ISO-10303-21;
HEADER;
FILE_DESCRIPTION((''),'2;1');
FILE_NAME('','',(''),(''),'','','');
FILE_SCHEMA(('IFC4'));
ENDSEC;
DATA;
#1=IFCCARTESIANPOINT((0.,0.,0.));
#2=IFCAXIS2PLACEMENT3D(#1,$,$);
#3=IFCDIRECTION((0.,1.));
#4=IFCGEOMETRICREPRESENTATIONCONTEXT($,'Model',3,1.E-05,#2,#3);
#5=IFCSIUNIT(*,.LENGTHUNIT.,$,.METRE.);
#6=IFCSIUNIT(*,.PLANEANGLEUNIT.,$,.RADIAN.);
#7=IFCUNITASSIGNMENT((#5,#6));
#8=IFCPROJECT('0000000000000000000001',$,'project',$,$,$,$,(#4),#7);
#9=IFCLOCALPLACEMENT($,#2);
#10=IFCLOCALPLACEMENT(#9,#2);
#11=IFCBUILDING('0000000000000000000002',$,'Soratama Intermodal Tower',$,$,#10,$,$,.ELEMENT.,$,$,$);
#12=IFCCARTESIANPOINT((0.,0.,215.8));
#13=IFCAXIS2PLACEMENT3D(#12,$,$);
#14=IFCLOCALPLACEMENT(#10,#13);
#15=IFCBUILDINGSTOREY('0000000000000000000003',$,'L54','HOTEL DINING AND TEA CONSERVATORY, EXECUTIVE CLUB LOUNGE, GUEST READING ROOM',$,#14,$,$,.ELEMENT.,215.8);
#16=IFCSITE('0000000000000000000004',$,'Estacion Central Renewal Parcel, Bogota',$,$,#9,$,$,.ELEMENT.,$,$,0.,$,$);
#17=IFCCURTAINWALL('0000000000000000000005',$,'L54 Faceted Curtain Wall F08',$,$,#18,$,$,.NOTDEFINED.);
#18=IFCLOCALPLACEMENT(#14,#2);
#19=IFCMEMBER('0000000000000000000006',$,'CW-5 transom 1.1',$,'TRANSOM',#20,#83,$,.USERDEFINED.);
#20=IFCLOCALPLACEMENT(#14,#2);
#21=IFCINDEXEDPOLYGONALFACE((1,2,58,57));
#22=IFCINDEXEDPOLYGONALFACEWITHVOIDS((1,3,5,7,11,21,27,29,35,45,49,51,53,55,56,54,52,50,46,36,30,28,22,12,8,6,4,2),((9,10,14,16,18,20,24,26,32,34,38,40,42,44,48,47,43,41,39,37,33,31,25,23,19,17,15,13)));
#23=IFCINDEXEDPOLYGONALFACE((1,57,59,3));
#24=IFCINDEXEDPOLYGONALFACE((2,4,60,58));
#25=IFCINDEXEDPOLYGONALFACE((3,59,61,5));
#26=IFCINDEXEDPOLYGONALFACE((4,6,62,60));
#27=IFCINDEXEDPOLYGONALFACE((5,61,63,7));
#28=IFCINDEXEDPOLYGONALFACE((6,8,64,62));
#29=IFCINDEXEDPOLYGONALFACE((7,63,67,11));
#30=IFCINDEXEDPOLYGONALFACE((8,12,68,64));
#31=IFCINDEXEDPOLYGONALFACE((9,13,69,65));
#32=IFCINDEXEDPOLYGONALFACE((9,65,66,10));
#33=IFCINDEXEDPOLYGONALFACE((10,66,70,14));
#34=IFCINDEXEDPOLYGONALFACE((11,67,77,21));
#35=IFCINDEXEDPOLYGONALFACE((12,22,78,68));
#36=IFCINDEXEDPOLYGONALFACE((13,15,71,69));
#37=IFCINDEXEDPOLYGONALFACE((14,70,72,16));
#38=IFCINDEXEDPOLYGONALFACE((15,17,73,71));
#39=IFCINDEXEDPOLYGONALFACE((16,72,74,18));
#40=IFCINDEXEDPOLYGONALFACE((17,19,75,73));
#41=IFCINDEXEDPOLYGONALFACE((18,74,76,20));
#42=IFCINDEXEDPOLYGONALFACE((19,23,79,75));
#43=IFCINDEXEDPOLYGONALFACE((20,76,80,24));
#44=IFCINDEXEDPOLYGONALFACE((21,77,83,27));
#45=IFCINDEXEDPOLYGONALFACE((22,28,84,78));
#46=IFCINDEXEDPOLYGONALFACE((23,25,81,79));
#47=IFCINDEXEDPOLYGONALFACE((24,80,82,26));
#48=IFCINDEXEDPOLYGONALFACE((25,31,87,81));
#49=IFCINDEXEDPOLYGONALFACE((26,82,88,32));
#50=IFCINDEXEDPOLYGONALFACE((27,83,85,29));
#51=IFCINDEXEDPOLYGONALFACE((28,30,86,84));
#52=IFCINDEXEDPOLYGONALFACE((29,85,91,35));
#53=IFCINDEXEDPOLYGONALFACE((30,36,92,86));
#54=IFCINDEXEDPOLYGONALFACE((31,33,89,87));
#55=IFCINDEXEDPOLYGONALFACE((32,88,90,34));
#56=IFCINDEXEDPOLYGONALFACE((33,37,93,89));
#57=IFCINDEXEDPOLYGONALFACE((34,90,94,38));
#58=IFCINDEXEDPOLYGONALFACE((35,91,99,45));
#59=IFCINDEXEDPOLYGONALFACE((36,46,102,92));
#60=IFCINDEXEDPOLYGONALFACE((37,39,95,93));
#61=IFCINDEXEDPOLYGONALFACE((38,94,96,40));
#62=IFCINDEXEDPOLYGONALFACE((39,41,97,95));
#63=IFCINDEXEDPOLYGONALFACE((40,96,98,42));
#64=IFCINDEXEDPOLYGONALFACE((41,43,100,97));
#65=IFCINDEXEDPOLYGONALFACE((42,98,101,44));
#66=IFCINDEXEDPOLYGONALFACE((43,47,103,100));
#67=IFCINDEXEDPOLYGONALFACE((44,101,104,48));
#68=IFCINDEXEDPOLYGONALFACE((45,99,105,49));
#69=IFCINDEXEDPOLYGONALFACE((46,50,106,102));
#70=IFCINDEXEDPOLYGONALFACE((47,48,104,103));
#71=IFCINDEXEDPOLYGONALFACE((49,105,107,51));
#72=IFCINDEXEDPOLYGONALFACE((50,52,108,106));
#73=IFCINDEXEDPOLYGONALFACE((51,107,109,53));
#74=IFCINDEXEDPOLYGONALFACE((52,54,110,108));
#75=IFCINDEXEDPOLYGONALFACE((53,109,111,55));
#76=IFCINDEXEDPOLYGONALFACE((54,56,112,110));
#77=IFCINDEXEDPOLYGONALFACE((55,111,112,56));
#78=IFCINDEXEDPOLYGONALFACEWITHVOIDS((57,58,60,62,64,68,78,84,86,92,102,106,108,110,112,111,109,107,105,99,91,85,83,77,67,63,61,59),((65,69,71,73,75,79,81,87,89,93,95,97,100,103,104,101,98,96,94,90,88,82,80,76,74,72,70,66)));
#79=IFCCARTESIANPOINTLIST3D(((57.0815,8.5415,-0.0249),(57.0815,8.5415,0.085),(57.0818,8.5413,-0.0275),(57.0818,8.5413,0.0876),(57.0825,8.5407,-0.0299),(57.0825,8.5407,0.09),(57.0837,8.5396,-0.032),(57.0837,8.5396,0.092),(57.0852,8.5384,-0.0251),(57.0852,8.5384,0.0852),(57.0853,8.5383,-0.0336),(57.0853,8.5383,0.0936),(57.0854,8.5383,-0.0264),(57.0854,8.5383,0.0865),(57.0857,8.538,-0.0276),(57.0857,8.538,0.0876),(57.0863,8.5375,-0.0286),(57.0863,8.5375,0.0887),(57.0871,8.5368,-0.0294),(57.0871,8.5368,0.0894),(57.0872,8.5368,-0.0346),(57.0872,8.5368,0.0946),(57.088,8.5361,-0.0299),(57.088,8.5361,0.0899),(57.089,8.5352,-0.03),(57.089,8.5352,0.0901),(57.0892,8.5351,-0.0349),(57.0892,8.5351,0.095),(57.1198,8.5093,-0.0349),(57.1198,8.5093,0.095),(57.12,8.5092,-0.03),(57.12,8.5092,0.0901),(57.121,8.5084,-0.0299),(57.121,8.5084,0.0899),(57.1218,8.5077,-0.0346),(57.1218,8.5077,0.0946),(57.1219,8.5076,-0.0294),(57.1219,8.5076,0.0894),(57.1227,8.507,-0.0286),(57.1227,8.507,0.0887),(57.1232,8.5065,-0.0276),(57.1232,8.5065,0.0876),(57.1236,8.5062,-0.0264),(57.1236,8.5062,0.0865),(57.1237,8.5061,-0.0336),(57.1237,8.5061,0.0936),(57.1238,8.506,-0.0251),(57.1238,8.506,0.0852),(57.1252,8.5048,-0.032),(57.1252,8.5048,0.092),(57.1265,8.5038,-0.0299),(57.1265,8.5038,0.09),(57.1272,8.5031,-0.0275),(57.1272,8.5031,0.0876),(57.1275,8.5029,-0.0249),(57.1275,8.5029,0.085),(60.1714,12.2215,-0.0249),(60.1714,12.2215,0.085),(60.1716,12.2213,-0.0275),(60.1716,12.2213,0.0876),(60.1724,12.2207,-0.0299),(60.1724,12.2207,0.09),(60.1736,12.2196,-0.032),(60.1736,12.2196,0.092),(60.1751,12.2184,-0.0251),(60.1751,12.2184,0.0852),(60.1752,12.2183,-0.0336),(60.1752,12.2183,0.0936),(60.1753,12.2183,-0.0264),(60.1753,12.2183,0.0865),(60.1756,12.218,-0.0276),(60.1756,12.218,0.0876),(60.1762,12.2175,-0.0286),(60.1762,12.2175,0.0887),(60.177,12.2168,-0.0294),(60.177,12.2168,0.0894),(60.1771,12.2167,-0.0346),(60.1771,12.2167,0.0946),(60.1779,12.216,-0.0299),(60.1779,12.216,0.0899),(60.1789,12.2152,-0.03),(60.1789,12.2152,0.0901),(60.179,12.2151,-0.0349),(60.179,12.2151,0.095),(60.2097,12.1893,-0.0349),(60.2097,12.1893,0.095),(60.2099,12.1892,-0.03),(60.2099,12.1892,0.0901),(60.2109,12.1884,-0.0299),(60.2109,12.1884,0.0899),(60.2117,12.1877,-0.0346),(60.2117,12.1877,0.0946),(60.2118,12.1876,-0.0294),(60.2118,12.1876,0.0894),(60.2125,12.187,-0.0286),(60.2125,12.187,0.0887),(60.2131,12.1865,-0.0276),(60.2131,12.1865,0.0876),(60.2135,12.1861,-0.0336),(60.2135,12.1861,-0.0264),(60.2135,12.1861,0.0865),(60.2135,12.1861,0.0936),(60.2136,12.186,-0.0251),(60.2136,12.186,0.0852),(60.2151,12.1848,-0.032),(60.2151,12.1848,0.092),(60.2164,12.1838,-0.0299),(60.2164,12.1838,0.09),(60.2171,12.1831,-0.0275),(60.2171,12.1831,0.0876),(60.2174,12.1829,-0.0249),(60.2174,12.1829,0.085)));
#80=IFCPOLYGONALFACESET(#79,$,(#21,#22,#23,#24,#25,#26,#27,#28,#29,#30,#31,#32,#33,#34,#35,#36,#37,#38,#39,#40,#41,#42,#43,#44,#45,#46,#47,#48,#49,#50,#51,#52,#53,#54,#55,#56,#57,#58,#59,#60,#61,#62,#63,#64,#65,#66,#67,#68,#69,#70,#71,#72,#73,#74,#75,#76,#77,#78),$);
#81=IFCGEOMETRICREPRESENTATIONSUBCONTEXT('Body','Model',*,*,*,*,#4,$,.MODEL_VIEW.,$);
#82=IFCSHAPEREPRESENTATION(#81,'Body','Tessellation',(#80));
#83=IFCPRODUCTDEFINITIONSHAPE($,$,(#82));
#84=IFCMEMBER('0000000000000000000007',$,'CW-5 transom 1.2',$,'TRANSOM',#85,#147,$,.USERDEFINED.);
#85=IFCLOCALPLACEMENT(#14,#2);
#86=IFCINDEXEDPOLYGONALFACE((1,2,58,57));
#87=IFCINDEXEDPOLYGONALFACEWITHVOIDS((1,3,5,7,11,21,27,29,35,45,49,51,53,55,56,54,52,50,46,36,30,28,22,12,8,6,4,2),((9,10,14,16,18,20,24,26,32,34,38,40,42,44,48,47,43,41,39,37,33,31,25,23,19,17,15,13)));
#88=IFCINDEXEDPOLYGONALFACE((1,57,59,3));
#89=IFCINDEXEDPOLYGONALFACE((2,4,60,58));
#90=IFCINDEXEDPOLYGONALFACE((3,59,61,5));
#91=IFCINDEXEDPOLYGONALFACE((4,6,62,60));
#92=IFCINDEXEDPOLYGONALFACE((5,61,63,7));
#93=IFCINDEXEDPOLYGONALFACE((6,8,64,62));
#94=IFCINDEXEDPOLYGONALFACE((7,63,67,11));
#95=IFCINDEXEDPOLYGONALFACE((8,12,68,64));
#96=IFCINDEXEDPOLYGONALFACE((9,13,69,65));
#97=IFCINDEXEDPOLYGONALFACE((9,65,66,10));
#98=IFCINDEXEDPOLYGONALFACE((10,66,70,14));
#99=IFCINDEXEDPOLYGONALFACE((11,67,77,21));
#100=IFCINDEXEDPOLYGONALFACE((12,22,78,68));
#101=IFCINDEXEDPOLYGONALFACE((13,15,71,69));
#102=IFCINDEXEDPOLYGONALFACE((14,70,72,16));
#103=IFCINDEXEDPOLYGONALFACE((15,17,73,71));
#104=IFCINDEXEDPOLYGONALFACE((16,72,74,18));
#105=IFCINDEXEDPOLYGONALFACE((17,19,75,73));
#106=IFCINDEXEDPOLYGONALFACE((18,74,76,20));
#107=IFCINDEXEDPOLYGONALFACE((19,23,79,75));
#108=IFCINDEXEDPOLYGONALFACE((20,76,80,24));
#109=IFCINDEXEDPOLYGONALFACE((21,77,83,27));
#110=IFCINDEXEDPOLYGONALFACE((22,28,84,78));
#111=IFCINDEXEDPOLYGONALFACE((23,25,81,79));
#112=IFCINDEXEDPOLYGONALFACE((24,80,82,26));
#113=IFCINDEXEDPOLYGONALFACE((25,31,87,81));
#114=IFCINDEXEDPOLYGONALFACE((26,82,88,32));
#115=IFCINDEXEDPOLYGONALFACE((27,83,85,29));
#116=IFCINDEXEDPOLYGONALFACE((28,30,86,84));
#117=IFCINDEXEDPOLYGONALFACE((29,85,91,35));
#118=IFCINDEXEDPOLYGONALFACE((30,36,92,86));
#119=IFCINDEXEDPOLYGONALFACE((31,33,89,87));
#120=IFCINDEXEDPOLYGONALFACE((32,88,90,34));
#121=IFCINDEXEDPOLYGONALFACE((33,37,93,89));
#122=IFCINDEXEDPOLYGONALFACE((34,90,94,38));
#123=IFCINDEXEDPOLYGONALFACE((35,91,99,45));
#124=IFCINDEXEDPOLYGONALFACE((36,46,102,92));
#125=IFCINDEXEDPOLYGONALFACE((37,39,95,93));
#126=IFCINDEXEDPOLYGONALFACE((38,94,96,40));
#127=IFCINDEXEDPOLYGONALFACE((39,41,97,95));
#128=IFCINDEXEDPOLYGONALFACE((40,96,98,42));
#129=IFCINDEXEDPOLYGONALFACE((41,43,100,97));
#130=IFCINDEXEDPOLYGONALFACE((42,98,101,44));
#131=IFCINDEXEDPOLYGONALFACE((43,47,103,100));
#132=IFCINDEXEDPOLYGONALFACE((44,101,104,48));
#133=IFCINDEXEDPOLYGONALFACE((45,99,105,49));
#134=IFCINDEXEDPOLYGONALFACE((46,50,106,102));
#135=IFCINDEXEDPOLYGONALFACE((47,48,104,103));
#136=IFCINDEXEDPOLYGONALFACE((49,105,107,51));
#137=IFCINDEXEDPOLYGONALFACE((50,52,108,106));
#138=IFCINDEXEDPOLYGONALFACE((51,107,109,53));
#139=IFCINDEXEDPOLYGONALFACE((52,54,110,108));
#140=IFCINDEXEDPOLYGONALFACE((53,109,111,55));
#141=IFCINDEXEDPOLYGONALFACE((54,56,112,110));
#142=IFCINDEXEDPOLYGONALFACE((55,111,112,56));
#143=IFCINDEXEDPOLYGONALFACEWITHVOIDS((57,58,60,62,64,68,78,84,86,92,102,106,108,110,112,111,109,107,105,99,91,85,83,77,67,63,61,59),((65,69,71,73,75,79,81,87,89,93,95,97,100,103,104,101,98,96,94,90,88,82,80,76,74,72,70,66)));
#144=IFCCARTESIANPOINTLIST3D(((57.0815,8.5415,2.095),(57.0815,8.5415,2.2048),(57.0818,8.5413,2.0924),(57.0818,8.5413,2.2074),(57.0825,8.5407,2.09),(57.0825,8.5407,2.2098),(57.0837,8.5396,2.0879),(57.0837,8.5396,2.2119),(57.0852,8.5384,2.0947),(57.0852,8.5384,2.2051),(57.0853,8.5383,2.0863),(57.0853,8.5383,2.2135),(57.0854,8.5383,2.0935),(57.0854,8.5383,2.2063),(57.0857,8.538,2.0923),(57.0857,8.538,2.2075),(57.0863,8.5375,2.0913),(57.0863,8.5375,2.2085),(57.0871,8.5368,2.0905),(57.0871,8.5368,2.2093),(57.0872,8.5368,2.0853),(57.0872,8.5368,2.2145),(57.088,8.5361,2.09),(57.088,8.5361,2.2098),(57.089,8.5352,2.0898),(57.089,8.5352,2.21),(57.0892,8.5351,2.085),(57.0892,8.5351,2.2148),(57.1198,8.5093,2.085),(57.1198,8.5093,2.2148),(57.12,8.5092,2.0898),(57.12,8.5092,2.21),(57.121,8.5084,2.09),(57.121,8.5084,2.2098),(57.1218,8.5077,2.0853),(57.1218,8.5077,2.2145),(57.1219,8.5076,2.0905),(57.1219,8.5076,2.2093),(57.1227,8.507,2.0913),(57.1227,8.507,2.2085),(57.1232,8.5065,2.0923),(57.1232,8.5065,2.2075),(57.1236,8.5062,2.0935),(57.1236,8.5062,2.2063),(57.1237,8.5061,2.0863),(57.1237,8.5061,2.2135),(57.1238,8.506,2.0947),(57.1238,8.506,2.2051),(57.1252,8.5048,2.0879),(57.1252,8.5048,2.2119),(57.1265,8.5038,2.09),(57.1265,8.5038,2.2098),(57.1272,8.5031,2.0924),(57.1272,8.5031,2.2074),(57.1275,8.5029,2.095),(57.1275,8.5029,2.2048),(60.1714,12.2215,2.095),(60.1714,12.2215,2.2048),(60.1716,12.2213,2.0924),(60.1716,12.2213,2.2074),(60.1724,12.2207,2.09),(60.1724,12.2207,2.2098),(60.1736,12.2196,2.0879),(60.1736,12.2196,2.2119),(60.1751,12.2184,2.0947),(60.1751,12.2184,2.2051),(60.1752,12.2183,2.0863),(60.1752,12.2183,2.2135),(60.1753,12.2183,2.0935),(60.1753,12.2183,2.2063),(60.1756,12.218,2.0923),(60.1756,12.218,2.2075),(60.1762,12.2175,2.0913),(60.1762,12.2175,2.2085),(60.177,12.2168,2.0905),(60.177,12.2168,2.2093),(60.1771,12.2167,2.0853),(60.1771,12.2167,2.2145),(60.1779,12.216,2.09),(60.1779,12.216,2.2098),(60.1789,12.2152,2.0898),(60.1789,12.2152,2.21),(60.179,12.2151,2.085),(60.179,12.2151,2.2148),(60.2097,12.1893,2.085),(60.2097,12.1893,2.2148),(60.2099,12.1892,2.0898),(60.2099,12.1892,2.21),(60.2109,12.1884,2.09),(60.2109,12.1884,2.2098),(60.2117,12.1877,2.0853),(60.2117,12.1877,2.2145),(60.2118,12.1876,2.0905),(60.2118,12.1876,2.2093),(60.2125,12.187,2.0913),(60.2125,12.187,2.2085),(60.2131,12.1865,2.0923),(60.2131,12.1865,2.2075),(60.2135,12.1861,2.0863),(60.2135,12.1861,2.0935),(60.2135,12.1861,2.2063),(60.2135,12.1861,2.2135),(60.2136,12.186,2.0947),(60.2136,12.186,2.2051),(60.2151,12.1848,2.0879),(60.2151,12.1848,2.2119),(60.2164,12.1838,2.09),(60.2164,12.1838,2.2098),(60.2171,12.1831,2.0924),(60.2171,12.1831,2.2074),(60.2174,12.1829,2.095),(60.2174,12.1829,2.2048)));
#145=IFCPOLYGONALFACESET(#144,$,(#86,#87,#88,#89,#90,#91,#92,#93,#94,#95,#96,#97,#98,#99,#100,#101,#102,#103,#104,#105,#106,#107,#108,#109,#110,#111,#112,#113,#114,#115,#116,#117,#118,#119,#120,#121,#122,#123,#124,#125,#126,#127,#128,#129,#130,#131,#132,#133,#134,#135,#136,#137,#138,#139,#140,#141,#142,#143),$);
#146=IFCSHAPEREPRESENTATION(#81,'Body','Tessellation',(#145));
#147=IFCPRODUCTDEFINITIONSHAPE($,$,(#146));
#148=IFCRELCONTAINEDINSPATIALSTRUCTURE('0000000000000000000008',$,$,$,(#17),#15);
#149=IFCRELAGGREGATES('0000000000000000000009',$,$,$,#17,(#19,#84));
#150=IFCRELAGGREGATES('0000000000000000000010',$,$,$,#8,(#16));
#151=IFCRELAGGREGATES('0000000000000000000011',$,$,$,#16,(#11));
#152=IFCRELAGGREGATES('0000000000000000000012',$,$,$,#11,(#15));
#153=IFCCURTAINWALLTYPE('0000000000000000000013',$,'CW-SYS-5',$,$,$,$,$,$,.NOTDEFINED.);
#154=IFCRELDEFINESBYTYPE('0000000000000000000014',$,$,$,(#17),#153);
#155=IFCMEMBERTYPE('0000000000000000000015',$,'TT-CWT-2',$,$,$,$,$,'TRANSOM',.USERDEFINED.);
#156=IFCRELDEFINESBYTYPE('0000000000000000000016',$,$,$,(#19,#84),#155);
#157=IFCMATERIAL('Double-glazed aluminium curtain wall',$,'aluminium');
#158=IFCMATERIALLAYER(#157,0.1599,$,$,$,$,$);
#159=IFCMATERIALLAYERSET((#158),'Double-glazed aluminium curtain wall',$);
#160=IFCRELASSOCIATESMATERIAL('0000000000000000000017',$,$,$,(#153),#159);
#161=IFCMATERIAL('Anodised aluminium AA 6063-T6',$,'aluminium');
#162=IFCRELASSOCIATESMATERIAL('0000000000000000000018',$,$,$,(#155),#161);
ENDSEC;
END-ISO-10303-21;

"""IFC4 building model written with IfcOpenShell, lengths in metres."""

from ifc_helpers import new_model, si_unit, direction, frame, origin, origin_2d, place, context, subcontext, project, spatial, hollow_rectangle, extrude, material, layer, layer_set, material_profile, profile_set, type_object, element, aggregate, save


model = new_model("IFC4")

# Units and contexts
model_context = context("Model", 3, precision=1e-05, world=origin(), true_north=direction((0.0, 1.0)))
body_context = subcontext(model_context, "Body", "Model", "MODEL_VIEW")
ifc_project = project(units=[si_unit("LENGTHUNIT", "METRE"), si_unit("PLANEANGLEUNIT", "RADIAN")], contexts=[model_context])

# Site, building, storey
site_placement = place(None, origin())
site = spatial("IfcSite", under=ifc_project, at=site_placement, Name="Estacion Central Renewal Parcel, Bogota", CompositionType="ELEMENT", RefElevation=0.0)
building_placement = place(site_placement, origin())
building = spatial("IfcBuilding", under=site, at=building_placement, Name="Soratama Intermodal Tower", CompositionType="ELEMENT")
storey_placement = place(building_placement, frame((0.0, 0.0, 215.8)))
storey = spatial("IfcBuildingStorey", under=building, at=storey_placement, Name="L54", Description="HOTEL DINING AND TEA CONSERVATORY, EXECUTIVE CLUB LOUNGE, GUEST READING ROOM", CompositionType="ELEMENT", Elevation=215.8)

# Curtain wall, members
ifc_material_1 = material(Name="Double-glazed aluminium curtain wall", Category="aluminium")
ifc_layer_1 = layer(ifc_material_1, 0.1599)
ifc_layer_set_1 = layer_set([ifc_layer_1], Name="Double-glazed aluminium curtain wall")
curtain_wall_type = type_object("IfcCurtainWallType", Name="CW-SYS-5", PredefinedType="NOTDEFINED", material=ifc_layer_set_1)
curtain_wall_placement = place(storey_placement, origin())
curtain_wall = element("IfcCurtainWall", 1, at=curtain_wall_placement, inside=storey, type_object=curtain_wall_type, Name="L54 Faceted Curtain Wall F08", PredefinedType="NOTDEFINED")
ifc_material_2 = material(Name="Anodised aluminium AA 6063-T6", Category="aluminium")
ifc_material_profile_1 = material_profile(ifc_material_2, hollow_rectangle(XDim=0.0601, YDim=0.1299, WallThickness=0.0049, InnerFilletRadius=0.0049, OuterFilletRadius=0.01, at=origin_2d()), Name="CWT130X60X5")
ifc_profile_set_1 = profile_set([ifc_material_profile_1], Name="Anodised aluminium AA 6063-T6")
member_type_1 = type_object("IfcMemberType", Name="TT-CWT-2", ElementType="TRANSOM", PredefinedType="USERDEFINED", material=ifc_profile_set_1)
member_1_placement = place(storey_placement, frame((57.1045, 8.5222, 0.03), z_axis=(0.643034, 0.765838, 0.0), x_axis=(-0.765838, 0.643034, 0.0)))
member_1 = element("IfcMember", 2, at=member_1_placement, type_object=member_type_1, Name="CW-5 transom 1.1", ObjectType="TRANSOM", PredefinedType="USERDEFINED", context=body_context, shape_type="SweptSolid", body=[
    extrude(hollow_rectangle(XDim=0.0601, YDim=0.1299, WallThickness=0.0049, InnerFilletRadius=0.0049, OuterFilletRadius=0.01, at=origin_2d()), origin(), (0.0, 0.0, 1.0), 4.8052),
])
member_2_placement = place(storey_placement, frame((57.1045, 8.5222, 2.1499), z_axis=(0.643034, 0.765838, 0.0), x_axis=(-0.765838, 0.643034, 0.0)))
member_2 = element("IfcMember", 3, at=member_2_placement, type_object=member_type_1, Name="CW-5 transom 1.2", ObjectType="TRANSOM", PredefinedType="USERDEFINED", context=body_context, shape_type="SweptSolid", body=[
    extrude(hollow_rectangle(XDim=0.0601, YDim=0.1299, WallThickness=0.0049, InnerFilletRadius=0.0049, OuterFilletRadius=0.01, at=origin_2d()), origin(), (0.0, 0.0, 1.0), 4.8052),
])
aggregate(curtain_wall, [member_1, member_2])

save(model, "model.ifc")
